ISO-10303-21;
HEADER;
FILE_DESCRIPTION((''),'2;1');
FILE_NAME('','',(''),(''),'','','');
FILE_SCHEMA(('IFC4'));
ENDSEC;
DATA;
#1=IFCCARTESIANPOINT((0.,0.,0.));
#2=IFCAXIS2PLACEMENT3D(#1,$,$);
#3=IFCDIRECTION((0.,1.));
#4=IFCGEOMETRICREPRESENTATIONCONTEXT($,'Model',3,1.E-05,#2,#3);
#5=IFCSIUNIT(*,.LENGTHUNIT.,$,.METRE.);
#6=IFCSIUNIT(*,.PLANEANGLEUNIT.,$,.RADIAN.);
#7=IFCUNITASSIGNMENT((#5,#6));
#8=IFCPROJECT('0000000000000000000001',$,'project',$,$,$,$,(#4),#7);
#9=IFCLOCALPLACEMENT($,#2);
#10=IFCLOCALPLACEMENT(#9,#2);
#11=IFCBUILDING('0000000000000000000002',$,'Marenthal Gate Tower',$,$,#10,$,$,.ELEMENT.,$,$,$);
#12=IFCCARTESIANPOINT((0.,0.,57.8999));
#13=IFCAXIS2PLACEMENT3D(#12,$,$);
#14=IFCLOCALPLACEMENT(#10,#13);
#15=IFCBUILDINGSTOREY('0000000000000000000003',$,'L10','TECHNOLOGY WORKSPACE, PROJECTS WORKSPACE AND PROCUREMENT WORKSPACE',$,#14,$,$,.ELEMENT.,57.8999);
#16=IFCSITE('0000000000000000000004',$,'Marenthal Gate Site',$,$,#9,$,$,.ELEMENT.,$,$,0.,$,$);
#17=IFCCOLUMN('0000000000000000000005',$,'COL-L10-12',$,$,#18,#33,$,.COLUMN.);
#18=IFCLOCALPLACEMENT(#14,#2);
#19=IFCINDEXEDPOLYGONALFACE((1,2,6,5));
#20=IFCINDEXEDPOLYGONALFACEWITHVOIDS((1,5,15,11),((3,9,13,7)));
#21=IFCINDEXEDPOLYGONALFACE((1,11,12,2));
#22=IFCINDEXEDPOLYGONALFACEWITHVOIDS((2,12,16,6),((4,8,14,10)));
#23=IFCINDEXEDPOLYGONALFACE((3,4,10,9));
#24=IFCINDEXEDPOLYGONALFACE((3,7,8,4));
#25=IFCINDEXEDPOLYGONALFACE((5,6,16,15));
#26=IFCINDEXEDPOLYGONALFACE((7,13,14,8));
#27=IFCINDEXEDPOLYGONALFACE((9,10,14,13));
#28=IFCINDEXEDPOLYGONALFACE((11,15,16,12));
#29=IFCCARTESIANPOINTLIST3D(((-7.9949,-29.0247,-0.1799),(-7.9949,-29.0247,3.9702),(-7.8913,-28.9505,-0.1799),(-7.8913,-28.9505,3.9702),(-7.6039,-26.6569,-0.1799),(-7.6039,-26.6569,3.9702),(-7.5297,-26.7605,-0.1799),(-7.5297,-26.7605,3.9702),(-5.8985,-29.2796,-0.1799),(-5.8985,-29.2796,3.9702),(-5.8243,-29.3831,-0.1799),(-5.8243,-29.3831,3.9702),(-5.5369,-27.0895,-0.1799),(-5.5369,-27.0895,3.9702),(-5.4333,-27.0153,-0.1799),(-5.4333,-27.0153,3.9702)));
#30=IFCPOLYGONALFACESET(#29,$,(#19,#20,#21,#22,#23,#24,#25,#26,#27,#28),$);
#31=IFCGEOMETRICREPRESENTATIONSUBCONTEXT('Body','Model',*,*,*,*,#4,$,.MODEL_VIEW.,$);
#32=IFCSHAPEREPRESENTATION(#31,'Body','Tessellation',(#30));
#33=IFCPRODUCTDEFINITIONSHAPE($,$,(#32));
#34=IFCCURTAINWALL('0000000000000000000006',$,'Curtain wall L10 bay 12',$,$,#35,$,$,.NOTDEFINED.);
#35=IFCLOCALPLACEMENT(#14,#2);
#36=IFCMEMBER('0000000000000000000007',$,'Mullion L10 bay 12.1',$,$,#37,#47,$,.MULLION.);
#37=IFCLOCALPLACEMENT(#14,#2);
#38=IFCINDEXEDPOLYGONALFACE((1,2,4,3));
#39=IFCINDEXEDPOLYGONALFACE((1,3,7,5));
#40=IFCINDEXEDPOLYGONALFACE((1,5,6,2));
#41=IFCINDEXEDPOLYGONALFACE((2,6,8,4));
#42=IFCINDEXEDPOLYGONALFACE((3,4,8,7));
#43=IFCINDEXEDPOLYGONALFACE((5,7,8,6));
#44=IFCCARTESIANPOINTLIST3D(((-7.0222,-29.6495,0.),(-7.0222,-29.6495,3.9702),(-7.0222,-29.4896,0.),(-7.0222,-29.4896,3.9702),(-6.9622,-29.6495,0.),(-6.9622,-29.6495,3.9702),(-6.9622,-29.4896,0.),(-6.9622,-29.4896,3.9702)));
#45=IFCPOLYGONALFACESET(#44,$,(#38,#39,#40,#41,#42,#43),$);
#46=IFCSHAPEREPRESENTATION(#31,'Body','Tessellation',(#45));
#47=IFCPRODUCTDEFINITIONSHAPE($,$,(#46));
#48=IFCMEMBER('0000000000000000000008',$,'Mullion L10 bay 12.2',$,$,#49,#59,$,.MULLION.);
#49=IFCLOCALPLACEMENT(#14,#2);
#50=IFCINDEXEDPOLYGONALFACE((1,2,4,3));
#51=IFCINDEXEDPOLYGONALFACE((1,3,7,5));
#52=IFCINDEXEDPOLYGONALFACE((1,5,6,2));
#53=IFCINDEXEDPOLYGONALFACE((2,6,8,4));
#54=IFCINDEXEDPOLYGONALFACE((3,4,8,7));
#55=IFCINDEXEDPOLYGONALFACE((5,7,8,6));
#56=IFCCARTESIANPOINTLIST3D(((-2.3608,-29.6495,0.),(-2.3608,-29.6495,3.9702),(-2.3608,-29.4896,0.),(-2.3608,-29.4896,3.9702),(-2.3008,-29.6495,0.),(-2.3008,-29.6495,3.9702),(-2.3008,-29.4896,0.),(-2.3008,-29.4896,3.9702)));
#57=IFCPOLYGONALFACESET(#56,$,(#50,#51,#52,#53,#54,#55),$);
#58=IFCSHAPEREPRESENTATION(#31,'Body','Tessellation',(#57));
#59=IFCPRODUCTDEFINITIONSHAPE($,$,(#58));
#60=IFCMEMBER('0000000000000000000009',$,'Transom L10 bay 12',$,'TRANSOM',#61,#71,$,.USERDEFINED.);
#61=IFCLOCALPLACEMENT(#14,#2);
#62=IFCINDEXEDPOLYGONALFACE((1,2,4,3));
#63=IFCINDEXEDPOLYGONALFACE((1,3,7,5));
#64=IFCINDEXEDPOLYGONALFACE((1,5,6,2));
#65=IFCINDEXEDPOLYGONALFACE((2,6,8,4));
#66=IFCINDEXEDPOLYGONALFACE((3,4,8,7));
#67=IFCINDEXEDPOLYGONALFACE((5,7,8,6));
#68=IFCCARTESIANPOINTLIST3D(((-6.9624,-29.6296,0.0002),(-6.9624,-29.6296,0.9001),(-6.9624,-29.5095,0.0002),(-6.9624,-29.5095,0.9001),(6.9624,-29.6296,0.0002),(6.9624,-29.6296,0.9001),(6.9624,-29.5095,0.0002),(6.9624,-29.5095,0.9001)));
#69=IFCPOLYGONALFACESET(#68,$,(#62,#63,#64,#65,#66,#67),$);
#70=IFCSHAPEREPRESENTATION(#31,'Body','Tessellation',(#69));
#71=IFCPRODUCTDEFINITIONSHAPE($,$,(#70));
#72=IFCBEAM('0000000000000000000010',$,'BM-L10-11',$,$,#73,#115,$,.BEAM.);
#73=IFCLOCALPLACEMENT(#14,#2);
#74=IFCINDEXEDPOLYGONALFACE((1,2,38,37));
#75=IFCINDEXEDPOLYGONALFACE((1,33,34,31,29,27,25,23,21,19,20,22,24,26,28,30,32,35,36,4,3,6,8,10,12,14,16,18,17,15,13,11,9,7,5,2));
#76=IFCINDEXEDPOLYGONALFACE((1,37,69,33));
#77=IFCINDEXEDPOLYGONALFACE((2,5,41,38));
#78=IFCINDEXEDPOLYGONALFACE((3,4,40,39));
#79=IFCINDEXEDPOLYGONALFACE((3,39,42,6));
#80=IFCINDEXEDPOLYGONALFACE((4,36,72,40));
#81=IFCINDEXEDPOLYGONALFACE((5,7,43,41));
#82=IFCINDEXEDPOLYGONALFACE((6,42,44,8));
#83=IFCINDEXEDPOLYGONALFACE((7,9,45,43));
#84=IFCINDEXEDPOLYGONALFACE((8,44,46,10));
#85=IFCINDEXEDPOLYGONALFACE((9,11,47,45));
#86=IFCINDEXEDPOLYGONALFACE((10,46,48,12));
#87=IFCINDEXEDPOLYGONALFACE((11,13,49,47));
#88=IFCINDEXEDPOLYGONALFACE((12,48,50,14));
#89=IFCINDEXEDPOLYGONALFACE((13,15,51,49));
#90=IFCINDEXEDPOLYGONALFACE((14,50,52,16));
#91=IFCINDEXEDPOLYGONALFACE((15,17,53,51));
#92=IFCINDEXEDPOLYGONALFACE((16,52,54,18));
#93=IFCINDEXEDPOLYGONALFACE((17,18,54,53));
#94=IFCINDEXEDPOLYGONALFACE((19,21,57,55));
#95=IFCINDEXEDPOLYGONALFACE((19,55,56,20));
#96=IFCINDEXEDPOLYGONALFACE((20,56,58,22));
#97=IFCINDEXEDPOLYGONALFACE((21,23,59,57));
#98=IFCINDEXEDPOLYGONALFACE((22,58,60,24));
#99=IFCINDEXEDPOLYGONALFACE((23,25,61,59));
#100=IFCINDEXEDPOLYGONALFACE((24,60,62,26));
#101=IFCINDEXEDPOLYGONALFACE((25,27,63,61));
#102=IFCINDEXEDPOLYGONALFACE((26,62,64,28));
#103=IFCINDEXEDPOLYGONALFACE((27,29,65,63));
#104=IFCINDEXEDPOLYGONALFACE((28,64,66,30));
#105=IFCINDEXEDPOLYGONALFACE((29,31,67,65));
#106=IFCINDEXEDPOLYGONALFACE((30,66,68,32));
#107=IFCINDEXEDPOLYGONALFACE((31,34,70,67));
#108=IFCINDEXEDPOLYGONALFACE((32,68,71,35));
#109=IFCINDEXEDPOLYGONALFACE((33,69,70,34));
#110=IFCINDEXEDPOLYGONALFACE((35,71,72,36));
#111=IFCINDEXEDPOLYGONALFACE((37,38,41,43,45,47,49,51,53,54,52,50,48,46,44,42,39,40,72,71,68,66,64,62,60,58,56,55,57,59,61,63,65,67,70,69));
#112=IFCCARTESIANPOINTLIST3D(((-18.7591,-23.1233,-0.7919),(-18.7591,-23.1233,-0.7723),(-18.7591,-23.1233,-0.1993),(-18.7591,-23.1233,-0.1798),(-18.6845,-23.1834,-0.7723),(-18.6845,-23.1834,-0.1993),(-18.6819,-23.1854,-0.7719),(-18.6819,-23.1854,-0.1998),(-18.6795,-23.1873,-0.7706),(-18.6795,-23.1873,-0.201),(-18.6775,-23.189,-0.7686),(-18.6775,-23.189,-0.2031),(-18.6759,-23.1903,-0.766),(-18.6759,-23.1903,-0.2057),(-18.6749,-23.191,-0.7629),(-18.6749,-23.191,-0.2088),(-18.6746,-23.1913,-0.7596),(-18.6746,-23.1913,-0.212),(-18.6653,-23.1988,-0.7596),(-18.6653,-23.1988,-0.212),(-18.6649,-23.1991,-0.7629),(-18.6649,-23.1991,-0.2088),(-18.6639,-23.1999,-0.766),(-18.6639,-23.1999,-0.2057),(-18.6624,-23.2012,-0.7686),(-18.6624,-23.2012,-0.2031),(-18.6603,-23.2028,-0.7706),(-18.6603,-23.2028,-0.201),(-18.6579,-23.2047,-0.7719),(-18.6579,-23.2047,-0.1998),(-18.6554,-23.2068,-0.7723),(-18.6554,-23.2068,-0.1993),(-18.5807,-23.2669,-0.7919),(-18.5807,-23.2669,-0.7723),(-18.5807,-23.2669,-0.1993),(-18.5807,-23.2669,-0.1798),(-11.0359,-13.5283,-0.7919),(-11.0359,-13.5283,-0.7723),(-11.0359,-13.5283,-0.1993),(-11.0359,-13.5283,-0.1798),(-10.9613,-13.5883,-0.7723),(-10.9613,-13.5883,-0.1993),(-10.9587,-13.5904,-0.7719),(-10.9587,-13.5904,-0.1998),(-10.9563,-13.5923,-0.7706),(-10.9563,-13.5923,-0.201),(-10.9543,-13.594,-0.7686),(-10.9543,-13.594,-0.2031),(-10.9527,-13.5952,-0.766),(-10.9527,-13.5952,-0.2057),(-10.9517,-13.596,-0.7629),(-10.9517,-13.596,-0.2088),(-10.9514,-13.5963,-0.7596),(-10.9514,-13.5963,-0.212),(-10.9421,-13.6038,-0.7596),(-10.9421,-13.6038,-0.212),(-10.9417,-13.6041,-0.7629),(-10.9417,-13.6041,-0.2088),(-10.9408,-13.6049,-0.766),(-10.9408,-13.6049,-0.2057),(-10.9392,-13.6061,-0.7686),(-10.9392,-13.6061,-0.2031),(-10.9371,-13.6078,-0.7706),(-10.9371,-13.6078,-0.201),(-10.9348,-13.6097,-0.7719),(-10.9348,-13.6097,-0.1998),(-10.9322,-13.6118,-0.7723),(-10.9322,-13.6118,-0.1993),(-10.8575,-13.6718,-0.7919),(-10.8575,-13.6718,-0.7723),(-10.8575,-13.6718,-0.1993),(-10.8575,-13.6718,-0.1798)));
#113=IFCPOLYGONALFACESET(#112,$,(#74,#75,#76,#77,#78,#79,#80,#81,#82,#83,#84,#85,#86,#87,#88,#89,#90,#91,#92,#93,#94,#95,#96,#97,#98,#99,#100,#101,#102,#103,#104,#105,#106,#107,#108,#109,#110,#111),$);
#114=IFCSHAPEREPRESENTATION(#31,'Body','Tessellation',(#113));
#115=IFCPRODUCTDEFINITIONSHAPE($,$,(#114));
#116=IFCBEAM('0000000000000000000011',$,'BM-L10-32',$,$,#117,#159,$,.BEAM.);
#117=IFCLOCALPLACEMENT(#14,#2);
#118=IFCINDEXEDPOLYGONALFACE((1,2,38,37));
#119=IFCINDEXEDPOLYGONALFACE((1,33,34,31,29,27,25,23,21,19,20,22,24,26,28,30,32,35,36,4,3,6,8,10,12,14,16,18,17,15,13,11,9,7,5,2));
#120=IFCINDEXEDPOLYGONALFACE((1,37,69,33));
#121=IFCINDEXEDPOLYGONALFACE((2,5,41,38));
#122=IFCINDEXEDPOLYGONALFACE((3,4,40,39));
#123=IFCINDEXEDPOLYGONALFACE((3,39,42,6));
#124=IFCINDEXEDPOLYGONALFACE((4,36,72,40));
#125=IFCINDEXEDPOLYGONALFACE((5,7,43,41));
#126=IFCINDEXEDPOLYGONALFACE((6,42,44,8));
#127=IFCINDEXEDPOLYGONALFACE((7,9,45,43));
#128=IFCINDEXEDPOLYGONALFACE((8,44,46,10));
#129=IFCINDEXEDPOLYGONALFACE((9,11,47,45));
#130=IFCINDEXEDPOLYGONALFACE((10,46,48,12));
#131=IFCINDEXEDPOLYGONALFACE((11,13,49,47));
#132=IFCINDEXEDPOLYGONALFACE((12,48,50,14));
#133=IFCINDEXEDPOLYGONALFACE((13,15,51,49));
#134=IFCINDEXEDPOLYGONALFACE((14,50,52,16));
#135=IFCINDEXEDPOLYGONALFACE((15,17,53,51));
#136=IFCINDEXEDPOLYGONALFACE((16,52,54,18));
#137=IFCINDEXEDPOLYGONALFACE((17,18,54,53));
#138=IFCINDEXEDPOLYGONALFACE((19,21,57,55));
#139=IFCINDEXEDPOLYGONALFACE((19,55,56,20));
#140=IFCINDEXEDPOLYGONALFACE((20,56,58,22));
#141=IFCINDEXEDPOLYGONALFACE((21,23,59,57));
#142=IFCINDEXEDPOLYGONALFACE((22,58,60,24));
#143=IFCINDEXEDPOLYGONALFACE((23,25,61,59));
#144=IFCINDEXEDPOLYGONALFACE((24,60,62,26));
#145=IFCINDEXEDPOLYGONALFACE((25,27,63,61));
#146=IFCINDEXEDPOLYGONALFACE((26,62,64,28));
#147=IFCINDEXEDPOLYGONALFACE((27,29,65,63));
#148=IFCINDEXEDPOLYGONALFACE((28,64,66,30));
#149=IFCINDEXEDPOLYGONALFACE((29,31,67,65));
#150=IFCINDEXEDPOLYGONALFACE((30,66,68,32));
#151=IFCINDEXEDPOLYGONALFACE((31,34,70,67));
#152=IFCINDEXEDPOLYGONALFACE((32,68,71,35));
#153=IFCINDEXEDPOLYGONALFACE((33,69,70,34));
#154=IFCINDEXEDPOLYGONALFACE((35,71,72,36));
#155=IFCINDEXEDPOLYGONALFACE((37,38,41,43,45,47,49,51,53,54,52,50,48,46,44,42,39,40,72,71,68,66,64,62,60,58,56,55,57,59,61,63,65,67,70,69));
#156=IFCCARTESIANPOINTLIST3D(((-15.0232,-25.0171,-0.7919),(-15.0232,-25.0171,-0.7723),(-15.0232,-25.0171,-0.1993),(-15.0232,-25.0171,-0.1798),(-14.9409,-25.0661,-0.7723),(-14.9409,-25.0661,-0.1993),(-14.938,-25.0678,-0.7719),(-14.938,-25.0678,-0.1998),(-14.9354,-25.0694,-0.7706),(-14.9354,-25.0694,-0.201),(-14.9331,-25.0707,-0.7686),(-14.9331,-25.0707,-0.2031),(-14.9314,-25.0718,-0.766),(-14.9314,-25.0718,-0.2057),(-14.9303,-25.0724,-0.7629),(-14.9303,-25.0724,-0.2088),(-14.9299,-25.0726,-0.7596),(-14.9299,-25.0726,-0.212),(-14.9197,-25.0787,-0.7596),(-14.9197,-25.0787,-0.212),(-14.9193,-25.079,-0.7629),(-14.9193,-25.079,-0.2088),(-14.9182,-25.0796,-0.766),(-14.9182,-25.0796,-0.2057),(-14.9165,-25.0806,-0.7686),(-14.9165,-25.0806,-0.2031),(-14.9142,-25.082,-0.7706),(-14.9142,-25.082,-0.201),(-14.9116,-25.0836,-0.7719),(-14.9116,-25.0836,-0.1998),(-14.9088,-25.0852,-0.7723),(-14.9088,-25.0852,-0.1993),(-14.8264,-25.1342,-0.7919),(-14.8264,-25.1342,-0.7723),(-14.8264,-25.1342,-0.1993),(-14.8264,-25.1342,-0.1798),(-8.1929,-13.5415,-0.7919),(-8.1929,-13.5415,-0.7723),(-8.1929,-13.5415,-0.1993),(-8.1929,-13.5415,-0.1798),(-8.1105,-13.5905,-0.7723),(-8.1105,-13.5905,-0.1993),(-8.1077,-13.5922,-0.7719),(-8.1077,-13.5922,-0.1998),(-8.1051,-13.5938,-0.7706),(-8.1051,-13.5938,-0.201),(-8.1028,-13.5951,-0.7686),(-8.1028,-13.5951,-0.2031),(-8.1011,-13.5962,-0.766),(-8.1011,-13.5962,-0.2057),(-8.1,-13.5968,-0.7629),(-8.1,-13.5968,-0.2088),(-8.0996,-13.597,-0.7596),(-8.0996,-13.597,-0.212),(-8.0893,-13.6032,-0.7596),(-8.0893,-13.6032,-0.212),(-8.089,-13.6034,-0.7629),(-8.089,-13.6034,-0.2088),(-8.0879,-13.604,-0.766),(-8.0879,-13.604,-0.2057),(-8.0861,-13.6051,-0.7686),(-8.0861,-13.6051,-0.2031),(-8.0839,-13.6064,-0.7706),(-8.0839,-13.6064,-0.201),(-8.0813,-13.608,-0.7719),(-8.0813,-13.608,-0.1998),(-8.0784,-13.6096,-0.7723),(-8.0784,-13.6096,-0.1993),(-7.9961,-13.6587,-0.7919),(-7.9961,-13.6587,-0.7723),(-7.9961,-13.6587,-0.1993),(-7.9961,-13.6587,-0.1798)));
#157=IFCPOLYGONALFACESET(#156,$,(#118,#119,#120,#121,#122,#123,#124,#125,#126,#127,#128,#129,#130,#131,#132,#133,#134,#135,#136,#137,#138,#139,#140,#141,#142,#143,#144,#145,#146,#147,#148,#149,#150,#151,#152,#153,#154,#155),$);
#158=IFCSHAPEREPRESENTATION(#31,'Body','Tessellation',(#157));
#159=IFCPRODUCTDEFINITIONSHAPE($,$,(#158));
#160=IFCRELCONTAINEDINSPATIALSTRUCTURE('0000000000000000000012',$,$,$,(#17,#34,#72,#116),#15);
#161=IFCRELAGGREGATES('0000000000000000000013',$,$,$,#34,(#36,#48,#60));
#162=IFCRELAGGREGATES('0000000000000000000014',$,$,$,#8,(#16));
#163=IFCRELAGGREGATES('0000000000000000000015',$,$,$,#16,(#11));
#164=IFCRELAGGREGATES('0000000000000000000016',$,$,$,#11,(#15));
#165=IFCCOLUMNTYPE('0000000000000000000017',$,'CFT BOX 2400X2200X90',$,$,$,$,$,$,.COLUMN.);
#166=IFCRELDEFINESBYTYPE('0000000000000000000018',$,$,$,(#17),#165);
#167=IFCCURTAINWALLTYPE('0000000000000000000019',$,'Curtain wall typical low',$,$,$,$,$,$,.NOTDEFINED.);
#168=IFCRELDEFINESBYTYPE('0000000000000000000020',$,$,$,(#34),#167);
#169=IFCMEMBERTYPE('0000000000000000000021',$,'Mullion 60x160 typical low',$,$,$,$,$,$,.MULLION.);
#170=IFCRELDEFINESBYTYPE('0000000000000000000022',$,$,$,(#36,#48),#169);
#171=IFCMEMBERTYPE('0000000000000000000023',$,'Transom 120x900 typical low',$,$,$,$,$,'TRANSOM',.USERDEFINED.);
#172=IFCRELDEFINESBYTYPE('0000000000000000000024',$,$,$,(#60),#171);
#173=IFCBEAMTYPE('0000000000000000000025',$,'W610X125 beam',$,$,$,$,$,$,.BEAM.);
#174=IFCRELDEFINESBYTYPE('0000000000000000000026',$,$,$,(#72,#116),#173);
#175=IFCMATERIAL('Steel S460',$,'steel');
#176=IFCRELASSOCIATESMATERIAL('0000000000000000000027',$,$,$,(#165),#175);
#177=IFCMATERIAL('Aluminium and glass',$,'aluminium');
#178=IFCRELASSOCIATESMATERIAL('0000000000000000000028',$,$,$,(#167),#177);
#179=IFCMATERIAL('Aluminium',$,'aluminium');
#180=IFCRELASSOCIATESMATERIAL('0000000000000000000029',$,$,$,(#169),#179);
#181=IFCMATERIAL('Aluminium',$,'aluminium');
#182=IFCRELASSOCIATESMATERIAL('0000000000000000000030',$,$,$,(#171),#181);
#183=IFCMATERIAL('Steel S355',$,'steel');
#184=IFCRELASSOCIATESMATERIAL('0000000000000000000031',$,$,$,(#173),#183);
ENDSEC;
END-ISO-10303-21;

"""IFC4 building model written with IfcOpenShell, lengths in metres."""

from ifc_helpers import new_model, si_unit, direction, frame, origin, origin_2d, place, context, subcontext, project, spatial, rectangle, hollow_rectangle, i_section, extrude, material, material_profile, profile_set, type_object, element, aggregate, save


model = new_model("IFC4")

# Units and contexts
model_context = context("Model", 3, precision=1e-05, world=origin(), true_north=direction((0.0, 1.0)))
body_context = subcontext(model_context, "Body", "Model", "MODEL_VIEW")
ifc_project = project(units=[si_unit("LENGTHUNIT", "METRE"), si_unit("PLANEANGLEUNIT", "RADIAN")], contexts=[model_context])

# Site, building, storey
site_placement = place(None, origin())
site = spatial("IfcSite", under=ifc_project, at=site_placement, Name="Marenthal Gate Site", CompositionType="ELEMENT", RefElevation=0.0)
building_placement = place(site_placement, origin())
building = spatial("IfcBuilding", under=site, at=building_placement, Name="Marenthal Gate Tower", CompositionType="ELEMENT")
storey_placement = place(building_placement, frame((0.0, 0.0, 57.8999)))
storey = spatial("IfcBuildingStorey", under=building, at=storey_placement, Name="L10", Description="TECHNOLOGY WORKSPACE, PROJECTS WORKSPACE AND PROCUREMENT WORKSPACE", CompositionType="ELEMENT", Elevation=57.8999)

# Column
ifc_material_1 = material(Name="Steel S460", Category="steel")
ifc_material_profile_1 = material_profile(ifc_material_1, hollow_rectangle(XDim=2.2, YDim=2.3999, WallThickness=0.0901, at=origin_2d()), Name="CFT BOX 2400X2200X90")
ifc_material_2 = material(Name="Concrete 70 MPa", Category="concrete")
ifc_material_profile_2 = material_profile(ifc_material_2, rectangle(XDim=2.02, YDim=2.22, at=origin_2d()), Name="CFT BOX 2400X2200X90 INFILL")
ifc_profile_set_1 = profile_set([ifc_material_profile_1, ifc_material_profile_2], Name="Steel S460 shell, Concrete 70 MPa infill")
column_type = type_object("IfcColumnType", Name="CFT BOX 2400X2200X90", PredefinedType="COLUMN", material=ifc_profile_set_1)
column_placement = place(storey_placement, frame((-6.7141, -28.02, -0.1799), z_axis=(0.0, 0.0, 1.0), x_axis=(-0.98664, 0.162918, 0.0)))
element("IfcColumn", 1, at=column_placement, inside=storey, type_object=column_type, Name="COL-L10-12", PredefinedType="COLUMN", context=body_context, shape_type="SweptSolid", body=[
    extrude(hollow_rectangle(XDim=2.2, YDim=2.3999, WallThickness=0.0901, at=origin_2d()), origin(), (0.0, 0.0, 1.0), 4.1501),
])

# Curtain wall, members
ifc_material_3 = material(Name="Aluminium and glass", Category="aluminium")
curtain_wall_type = type_object("IfcCurtainWallType", Name="Curtain wall typical low", PredefinedType="NOTDEFINED", material=ifc_material_3)
curtain_wall_placement = place(storey_placement, origin())
curtain_wall = element("IfcCurtainWall", 2, at=curtain_wall_placement, inside=storey, type_object=curtain_wall_type, Name="Curtain wall L10 bay 12", PredefinedType="NOTDEFINED")
ifc_material_4 = material(Name="Aluminium", Category="aluminium")
ifc_material_profile_3 = material_profile(ifc_material_4, rectangle(XDim=0.1599, YDim=0.0601, at=origin_2d()), Name="60x160 aluminium mullion")
ifc_profile_set_2 = profile_set([ifc_material_profile_3], Name="Aluminium")
member_type_1 = type_object("IfcMemberType", Name="Mullion 60x160 typical low", PredefinedType="MULLION", material=ifc_profile_set_2)
member_1_placement = place(storey_placement, frame((-6.9922, -29.5696, 0.0), z_axis=(0.0, 0.0, 1.0), x_axis=(0.0, 1.0, 0.0)))
member_1 = element("IfcMember", 3, at=member_1_placement, type_object=member_type_1, Name="Mullion L10 bay 12.1", PredefinedType="MULLION", context=body_context, shape_type="SweptSolid", body=[
    extrude(rectangle(XDim=0.1599, YDim=0.0601, at=origin_2d()), origin(), (0.0, 0.0, 1.0), 3.9702),
])
member_2_placement = place(storey_placement, frame((-2.3308, -29.5696, 0.0), z_axis=(0.0, 0.0, 1.0), x_axis=(0.0, 1.0, 0.0)))
member_2 = element("IfcMember", 4, at=member_2_placement, type_object=member_type_1, Name="Mullion L10 bay 12.2", PredefinedType="MULLION", context=body_context, shape_type="SweptSolid", body=[
    extrude(rectangle(XDim=0.1599, YDim=0.0601, at=origin_2d()), origin(), (0.0, 0.0, 1.0), 3.9702),
])
ifc_material_5 = material(Name="Aluminium", Category="aluminium")
ifc_material_profile_4 = material_profile(ifc_material_5, rectangle(XDim=0.1201, YDim=0.8999, at=origin_2d()), Name="120x900 aluminium transom")
ifc_profile_set_3 = profile_set([ifc_material_profile_4], Name="Aluminium")
member_type_2 = type_object("IfcMemberType", Name="Transom 120x900 typical low", ElementType="TRANSOM", PredefinedType="USERDEFINED", material=ifc_profile_set_3)
member_3_placement = place(storey_placement, frame((-6.9624, -29.5696, 0.4502), z_axis=(1.0, 0.0, 0.0), x_axis=(0.0, 1.0, 0.0)))
member_3 = element("IfcMember", 5, at=member_3_placement, type_object=member_type_2, Name="Transom L10 bay 12", ObjectType="TRANSOM", PredefinedType="USERDEFINED", context=body_context, shape_type="SweptSolid", body=[
    extrude(rectangle(XDim=0.1201, YDim=0.8999, at=origin_2d()), origin(), (0.0, 0.0, 1.0), 13.9248),
])

# Beams
ifc_material_6 = material(Name="Steel S355", Category="steel")
ifc_material_profile_5 = material_profile(ifc_material_6, i_section(OverallWidth=0.229, OverallDepth=0.6121, WebThickness=0.012, FlangeThickness=0.0195, FilletRadius=0.0127, at=origin_2d()), Name="W610X125")
ifc_profile_set_4 = profile_set([ifc_material_profile_5], Name="Steel S355")
beam_type_1 = type_object("IfcBeamType", Name="W610X125 beam", PredefinedType="BEAM", material=ifc_profile_set_4)
beam_1_placement = place(storey_placement, frame((-18.6699, -23.1951, -0.4858), z_axis=(0.627027, 0.778997, 0.0), x_axis=(-0.778997, 0.627027, 0.0)))
element("IfcBeam", 6, at=beam_1_placement, inside=storey, type_object=beam_type_1, Name="BM-L10-11", PredefinedType="BEAM", context=body_context, shape_type="SweptSolid", body=[
    extrude(i_section(OverallWidth=0.229, OverallDepth=0.6121, WebThickness=0.012, FlangeThickness=0.0195, FilletRadius=0.0127, at=origin_2d()), origin(), (0.0, 0.0, 1.0), 12.3171),
])
beam_2_placement = place(storey_placement, frame((-14.9248, -25.0757, -0.4858), z_axis=(0.511463, 0.859306, 0.0), x_axis=(-0.859306, 0.511463, 0.0)))
element("IfcBeam", 7, at=beam_2_placement, inside=storey, type_object=beam_type_1, Name="BM-L10-32", PredefinedType="BEAM", context=body_context, shape_type="SweptSolid", body=[
    extrude(i_section(OverallWidth=0.229, OverallDepth=0.6121, WebThickness=0.012, FlangeThickness=0.0195, FilletRadius=0.0127, at=origin_2d()), origin(), (0.0, 0.0, 1.0), 13.3545),
])

aggregate(curtain_wall, [member_1, member_2, member_3])

save(model, "model.ifc")
